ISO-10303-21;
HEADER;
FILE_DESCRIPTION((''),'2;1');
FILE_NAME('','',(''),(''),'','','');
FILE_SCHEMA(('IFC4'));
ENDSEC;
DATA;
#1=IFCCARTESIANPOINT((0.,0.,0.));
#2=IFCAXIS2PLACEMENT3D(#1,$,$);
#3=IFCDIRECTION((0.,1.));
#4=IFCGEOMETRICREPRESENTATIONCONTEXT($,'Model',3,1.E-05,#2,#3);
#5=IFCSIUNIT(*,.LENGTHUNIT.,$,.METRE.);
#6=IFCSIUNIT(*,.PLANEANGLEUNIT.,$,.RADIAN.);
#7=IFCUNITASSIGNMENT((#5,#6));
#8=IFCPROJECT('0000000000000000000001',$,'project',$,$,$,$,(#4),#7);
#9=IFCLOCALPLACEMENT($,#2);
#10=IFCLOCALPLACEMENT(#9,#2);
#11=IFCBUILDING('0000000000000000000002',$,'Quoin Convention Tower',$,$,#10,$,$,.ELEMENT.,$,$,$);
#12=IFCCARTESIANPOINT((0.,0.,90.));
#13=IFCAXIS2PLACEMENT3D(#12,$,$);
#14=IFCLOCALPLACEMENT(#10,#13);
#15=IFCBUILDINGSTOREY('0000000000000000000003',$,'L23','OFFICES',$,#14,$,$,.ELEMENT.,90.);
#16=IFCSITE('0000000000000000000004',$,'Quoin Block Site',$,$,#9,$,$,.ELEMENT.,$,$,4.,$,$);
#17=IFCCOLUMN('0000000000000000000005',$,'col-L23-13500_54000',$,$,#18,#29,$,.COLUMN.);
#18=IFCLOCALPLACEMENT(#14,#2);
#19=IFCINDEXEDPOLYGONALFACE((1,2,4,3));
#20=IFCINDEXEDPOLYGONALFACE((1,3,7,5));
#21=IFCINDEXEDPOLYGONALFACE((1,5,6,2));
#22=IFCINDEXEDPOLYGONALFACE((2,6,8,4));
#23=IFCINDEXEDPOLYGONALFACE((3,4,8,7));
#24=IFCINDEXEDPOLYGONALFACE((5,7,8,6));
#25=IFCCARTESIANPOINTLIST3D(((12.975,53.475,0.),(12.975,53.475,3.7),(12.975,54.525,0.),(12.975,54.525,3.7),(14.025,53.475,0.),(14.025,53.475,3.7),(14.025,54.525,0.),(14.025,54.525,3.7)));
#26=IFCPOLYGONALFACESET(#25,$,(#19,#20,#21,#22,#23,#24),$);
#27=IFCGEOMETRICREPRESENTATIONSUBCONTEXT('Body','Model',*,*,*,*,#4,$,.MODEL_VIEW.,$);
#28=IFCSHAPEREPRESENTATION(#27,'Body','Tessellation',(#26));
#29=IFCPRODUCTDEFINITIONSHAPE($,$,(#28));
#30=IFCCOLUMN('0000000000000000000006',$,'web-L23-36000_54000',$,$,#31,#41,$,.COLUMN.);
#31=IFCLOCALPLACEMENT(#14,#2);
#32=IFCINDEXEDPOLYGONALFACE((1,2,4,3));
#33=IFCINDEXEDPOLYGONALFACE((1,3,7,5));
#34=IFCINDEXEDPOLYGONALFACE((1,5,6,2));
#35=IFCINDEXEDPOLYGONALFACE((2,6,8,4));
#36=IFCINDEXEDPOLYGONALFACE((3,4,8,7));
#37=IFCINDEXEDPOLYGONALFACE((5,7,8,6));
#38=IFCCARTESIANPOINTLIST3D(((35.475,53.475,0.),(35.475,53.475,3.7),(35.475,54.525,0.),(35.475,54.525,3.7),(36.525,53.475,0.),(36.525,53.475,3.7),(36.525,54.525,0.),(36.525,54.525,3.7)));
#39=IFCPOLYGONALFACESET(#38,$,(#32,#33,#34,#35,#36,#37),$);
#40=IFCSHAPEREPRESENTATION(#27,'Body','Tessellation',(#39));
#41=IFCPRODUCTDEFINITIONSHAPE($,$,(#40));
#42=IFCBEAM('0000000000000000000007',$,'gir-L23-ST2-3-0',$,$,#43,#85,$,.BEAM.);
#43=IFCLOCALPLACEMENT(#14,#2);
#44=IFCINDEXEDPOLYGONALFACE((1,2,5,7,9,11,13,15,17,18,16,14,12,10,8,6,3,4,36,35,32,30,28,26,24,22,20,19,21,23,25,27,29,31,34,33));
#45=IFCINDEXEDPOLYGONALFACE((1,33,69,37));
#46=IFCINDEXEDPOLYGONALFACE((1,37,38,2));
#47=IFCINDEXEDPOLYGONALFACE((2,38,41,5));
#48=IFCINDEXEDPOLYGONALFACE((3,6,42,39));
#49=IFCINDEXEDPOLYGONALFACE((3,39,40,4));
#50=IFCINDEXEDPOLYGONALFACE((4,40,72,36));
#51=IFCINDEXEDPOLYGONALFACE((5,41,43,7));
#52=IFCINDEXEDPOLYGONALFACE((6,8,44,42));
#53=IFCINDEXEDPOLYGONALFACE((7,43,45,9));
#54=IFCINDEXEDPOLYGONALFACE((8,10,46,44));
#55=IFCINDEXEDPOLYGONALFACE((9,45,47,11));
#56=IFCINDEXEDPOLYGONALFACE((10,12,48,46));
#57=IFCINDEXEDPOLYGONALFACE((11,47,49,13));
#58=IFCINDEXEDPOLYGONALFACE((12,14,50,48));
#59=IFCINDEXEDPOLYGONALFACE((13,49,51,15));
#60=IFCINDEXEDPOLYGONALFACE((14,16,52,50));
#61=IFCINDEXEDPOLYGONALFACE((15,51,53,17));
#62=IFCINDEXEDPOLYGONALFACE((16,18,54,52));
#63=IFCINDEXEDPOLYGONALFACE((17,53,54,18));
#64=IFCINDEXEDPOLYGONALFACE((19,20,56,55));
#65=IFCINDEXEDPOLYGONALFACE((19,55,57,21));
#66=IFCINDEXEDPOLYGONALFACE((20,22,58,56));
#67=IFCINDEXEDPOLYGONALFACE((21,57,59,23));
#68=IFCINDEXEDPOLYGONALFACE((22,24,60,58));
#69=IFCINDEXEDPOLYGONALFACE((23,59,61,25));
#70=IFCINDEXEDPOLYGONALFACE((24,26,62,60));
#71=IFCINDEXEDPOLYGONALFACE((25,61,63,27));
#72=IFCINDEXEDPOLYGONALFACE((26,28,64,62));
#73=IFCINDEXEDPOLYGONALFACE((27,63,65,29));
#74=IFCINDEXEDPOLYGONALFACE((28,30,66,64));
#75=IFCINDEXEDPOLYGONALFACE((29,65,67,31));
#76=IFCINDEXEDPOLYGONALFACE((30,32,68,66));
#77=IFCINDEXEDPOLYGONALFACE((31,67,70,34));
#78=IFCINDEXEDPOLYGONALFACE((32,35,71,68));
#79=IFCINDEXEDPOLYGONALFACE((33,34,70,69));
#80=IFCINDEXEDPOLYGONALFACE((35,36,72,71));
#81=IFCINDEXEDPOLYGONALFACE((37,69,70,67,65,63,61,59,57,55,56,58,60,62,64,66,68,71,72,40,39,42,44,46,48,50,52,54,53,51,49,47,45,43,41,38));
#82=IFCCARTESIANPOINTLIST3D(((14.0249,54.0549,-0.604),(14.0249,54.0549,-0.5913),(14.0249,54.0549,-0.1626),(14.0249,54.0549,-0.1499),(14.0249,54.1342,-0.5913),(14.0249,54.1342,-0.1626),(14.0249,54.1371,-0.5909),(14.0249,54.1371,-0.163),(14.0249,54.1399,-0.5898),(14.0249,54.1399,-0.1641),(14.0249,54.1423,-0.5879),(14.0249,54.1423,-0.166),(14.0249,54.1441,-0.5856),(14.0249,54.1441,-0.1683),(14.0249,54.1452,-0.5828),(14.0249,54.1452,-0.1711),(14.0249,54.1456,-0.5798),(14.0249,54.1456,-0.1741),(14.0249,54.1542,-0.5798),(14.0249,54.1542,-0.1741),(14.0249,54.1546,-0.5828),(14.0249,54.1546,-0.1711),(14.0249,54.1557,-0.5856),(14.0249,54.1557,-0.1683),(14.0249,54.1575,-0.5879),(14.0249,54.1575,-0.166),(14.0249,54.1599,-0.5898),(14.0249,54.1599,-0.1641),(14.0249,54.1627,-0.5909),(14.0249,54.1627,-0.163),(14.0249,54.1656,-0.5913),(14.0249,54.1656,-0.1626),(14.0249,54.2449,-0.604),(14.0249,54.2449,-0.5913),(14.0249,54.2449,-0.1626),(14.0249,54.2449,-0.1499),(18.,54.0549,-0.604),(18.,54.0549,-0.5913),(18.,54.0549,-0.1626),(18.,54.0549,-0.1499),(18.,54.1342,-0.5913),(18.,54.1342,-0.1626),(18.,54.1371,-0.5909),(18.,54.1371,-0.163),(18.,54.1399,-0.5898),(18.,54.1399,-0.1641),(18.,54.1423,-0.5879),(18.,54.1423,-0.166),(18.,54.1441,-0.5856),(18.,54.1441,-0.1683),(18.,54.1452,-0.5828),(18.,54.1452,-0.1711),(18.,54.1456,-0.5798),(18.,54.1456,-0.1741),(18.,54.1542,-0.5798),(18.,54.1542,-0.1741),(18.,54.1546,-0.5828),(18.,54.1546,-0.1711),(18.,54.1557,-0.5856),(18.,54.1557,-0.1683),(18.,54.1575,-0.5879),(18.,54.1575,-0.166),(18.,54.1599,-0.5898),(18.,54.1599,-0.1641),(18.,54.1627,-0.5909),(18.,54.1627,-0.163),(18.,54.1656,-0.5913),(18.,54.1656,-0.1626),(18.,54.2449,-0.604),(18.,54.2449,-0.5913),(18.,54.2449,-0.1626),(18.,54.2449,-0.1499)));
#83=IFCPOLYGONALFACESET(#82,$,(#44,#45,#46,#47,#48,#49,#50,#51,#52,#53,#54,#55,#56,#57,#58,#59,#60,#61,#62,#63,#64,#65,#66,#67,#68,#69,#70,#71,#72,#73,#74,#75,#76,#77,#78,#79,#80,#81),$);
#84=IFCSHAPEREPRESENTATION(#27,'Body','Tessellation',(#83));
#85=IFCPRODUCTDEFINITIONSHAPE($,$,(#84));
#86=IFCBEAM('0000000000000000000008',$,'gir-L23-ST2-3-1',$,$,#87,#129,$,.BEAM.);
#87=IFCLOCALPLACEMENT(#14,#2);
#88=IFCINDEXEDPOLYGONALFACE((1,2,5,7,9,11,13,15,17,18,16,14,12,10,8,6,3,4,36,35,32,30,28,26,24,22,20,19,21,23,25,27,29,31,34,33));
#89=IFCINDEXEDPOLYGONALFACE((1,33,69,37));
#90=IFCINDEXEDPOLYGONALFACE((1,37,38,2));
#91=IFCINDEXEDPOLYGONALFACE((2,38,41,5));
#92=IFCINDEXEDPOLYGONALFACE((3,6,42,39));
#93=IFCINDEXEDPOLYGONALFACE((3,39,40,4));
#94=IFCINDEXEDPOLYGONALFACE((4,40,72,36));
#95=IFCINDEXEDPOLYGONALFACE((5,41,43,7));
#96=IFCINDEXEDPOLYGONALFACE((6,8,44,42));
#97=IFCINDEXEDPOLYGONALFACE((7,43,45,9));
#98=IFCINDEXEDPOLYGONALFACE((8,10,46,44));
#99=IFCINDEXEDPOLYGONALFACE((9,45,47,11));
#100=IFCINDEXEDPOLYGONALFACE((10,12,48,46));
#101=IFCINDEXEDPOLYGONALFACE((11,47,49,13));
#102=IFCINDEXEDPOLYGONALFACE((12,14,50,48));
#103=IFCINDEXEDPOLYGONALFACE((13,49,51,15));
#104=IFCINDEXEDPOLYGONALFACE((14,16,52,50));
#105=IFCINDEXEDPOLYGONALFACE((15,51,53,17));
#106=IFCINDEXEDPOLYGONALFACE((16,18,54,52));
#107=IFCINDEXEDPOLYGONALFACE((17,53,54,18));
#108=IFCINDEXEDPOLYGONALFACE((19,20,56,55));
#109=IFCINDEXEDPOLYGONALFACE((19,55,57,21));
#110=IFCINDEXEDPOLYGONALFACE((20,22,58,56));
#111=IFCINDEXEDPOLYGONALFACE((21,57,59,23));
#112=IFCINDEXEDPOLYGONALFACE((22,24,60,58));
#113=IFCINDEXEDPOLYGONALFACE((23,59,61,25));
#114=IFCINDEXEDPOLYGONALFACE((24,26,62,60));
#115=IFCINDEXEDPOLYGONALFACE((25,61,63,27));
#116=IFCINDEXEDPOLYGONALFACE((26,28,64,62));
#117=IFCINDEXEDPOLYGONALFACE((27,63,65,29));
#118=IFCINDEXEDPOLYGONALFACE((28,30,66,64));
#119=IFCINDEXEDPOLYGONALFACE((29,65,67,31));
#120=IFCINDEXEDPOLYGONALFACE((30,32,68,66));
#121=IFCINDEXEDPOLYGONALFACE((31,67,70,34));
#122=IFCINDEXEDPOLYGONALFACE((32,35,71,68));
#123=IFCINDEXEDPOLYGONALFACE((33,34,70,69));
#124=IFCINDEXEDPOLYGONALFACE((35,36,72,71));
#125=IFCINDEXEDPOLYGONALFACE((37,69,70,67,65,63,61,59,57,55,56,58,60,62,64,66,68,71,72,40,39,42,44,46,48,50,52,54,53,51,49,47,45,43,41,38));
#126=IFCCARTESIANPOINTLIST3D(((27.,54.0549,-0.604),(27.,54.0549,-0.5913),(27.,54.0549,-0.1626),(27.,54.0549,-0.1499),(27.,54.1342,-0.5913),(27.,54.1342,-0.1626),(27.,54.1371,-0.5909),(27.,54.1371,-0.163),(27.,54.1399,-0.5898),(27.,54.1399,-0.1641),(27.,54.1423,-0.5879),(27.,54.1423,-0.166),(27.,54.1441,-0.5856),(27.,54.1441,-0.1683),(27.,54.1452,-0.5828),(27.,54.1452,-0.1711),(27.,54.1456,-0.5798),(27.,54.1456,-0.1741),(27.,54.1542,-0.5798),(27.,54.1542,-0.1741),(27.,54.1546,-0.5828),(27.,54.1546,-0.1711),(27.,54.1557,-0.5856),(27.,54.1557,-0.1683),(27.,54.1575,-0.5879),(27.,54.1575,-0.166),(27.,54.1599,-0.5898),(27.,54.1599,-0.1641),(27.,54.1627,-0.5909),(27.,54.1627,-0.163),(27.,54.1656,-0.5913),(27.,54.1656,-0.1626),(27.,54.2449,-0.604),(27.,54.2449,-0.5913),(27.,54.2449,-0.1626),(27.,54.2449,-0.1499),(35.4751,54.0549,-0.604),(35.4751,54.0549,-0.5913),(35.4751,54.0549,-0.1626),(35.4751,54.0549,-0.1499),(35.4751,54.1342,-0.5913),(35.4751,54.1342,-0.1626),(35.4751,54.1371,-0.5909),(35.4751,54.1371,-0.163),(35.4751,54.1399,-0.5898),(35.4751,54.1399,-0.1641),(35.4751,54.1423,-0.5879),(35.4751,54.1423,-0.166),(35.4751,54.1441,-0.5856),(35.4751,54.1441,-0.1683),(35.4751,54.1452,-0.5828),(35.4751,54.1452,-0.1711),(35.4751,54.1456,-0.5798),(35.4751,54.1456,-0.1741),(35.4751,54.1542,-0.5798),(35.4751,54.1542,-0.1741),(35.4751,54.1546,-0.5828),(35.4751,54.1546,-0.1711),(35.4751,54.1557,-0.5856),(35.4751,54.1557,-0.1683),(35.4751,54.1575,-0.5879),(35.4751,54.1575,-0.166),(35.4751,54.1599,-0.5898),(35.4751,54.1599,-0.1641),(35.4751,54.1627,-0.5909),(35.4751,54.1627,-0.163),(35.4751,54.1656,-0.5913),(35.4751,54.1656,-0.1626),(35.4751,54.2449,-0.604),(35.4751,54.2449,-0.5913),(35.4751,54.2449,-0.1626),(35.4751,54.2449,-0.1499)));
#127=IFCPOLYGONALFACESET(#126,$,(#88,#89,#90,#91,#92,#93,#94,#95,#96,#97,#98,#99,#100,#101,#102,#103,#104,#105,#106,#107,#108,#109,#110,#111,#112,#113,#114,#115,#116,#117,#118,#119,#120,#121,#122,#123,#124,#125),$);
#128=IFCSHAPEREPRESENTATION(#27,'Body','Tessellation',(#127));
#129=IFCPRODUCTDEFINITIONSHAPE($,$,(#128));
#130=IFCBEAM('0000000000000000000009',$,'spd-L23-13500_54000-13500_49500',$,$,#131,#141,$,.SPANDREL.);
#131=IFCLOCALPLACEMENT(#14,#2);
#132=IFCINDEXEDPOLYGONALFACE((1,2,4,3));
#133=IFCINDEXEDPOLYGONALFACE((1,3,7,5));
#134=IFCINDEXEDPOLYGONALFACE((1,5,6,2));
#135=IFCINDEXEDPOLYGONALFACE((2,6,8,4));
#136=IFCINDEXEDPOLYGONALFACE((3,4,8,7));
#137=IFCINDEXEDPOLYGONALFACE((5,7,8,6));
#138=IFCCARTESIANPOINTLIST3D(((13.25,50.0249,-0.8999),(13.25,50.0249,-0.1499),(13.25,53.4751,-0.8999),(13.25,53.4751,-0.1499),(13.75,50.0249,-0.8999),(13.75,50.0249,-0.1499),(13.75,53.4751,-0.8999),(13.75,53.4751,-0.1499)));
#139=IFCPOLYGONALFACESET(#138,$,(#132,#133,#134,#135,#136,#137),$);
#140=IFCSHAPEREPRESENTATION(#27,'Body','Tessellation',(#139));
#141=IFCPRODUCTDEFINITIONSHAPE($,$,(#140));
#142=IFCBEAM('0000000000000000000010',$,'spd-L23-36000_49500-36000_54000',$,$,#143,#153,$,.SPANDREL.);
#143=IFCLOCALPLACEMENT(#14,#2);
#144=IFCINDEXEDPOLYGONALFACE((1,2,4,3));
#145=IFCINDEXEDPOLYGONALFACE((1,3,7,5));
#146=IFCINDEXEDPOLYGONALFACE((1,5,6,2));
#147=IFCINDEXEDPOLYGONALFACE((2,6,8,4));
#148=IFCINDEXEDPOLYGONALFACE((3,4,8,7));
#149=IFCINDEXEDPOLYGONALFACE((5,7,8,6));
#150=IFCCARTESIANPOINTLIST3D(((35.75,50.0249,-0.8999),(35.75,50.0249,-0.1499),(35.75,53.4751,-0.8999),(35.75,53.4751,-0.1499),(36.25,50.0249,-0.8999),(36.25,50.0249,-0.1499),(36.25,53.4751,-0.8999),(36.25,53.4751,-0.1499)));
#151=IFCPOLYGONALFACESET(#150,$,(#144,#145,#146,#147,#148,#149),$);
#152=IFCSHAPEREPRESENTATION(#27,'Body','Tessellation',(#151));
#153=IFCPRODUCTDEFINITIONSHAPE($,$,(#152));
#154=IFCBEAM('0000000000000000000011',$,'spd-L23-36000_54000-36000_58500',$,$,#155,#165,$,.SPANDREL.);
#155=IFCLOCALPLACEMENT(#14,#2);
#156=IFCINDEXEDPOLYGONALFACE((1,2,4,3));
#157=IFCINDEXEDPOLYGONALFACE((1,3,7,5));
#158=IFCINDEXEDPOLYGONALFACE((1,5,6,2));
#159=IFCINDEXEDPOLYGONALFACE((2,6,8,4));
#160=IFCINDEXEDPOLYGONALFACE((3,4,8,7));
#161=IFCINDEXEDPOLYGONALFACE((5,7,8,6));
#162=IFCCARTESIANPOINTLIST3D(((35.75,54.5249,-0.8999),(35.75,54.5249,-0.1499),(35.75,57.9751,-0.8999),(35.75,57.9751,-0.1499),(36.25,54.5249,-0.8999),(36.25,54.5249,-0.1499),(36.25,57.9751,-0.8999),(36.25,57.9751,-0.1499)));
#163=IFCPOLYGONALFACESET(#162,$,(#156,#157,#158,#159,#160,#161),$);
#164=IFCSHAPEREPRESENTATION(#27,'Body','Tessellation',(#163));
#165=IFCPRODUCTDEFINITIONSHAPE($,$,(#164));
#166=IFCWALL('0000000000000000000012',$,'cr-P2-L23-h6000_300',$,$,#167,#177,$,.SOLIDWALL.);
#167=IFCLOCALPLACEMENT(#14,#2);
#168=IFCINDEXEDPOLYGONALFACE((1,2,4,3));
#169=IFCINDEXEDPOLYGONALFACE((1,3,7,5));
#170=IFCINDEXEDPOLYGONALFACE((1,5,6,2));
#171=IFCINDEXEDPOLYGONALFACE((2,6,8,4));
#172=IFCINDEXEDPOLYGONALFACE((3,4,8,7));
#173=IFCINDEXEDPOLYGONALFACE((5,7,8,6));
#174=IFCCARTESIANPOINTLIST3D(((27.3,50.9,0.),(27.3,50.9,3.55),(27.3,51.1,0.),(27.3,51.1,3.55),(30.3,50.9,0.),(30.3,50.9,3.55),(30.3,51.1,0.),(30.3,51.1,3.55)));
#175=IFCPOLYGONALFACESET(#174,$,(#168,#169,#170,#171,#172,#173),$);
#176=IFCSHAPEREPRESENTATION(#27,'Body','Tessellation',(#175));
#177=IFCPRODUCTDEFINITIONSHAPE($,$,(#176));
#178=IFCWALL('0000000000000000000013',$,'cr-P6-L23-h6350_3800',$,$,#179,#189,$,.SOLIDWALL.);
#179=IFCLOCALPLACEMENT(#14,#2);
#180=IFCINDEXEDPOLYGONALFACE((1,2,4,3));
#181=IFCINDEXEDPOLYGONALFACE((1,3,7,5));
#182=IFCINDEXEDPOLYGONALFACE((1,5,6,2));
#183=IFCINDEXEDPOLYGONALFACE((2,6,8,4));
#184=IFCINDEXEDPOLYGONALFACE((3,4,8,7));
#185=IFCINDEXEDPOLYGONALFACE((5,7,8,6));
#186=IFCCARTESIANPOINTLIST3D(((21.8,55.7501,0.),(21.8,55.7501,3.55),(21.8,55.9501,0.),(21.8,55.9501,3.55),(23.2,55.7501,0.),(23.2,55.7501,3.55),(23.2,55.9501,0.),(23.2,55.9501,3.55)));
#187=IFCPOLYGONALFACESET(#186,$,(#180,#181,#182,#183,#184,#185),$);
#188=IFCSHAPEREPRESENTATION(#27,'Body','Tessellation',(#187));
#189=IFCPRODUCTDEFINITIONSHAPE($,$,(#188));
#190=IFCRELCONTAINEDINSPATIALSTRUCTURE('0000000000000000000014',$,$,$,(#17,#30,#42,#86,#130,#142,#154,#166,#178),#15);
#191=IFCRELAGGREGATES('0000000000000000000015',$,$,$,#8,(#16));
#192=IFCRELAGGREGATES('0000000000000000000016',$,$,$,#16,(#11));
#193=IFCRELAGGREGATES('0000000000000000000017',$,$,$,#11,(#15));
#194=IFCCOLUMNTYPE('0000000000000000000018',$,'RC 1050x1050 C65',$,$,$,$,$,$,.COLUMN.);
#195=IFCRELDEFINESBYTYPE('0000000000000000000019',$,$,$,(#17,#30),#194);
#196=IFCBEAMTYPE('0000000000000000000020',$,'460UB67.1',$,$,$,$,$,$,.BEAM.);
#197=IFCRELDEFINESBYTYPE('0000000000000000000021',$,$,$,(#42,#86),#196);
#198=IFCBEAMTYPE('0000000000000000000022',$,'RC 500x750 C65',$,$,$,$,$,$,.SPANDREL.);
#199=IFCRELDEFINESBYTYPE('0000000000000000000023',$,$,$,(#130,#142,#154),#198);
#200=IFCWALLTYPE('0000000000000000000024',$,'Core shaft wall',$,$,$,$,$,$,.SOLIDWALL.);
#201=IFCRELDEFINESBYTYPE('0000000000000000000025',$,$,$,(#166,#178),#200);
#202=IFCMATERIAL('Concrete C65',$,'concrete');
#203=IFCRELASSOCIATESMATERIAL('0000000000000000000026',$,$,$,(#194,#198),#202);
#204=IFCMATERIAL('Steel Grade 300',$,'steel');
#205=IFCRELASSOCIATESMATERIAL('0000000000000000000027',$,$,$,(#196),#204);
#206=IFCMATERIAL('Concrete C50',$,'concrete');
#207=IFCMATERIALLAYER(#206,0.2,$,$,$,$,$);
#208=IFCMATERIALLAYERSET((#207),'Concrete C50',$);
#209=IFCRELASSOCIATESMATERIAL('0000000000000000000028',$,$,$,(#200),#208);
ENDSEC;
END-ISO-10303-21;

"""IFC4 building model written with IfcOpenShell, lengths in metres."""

from ifc_helpers import new_model, si_unit, direction, frame, frame_2d, origin, origin_2d, place, context, subcontext, project, spatial, rectangle, i_section, extrude, material, layer, layer_set, material_profile, profile_set, type_object, element, save


model = new_model("IFC4")

# Units and contexts
model_context = context("Model", 3, precision=1e-05, world=origin(), true_north=direction((0.0, 1.0)))
body_context = subcontext(model_context, "Body", "Model", "MODEL_VIEW")
ifc_project = project(units=[si_unit("LENGTHUNIT", "METRE"), si_unit("PLANEANGLEUNIT", "RADIAN")], contexts=[model_context])

# Site, building, storey
site_placement = place(None, origin())
site = spatial("IfcSite", under=ifc_project, at=site_placement, Name="Quoin Block Site", CompositionType="ELEMENT", RefElevation=4.0)
building_placement = place(site_placement, origin())
building = spatial("IfcBuilding", under=site, at=building_placement, Name="Quoin Convention Tower", CompositionType="ELEMENT")
storey_placement = place(building_placement, frame((0.0, 0.0, 90.0)))
storey = spatial("IfcBuildingStorey", under=building, at=storey_placement, Name="L23", Description="OFFICES", CompositionType="ELEMENT", Elevation=90.0)

# Columns
ifc_material_1 = material(Name="Concrete C65", Category="concrete")
ifc_material_profile_1 = material_profile(ifc_material_1, rectangle(XDim=1.05, YDim=1.05, at=origin_2d()), Name="RC 1050x1050")
ifc_profile_set_1 = profile_set([ifc_material_profile_1], Name="Concrete C65")
column_type = type_object("IfcColumnType", Name="RC 1050x1050 C65", PredefinedType="COLUMN", material=ifc_profile_set_1)
for number, where, z_axis, x_axis, name in (
    (1, (13.5, 54.0, 0.0), (0.0, 0.0, 1.0), (1.0, 0.0, 0.0), "col-L23-13500_54000"),
    (2, (36.0, 54.0, 0.0), (0.0, 0.0, 1.0), (1.0, 0.0, 0.0), "web-L23-36000_54000"),
):
    element("IfcColumn", number, at=place(storey_placement, frame(where, z_axis=z_axis, x_axis=x_axis)), inside=storey, type_object=column_type, Name=name, PredefinedType="COLUMN", context=body_context, shape_type="SweptSolid", body=[
        extrude(rectangle(XDim=1.05, YDim=1.05, at=origin_2d()), origin(), (0.0, 0.0, 1.0), 3.7),
    ])

# Beams
ifc_material_2 = material(Name="Steel Grade 300", Category="steel")
ifc_material_profile_2 = material_profile(ifc_material_2, i_section(OverallWidth=0.1899, OverallDepth=0.4541, WebThickness=0.0085, FlangeThickness=0.0127, FilletRadius=0.0115, at=origin_2d()), Name="460UB67.1")
ifc_profile_set_2 = profile_set([ifc_material_profile_2], Name="Steel Grade 300")
beam_type_1 = type_object("IfcBeamType", Name="460UB67.1", PredefinedType="BEAM", material=ifc_profile_set_2)
beam_1_placement = place(storey_placement, frame((14.0249, 54.1499, -0.377), z_axis=(1.0, 0.0, 0.0), x_axis=(0.0, 1.0, 0.0)))
element("IfcBeam", 3, at=beam_1_placement, inside=storey, type_object=beam_type_1, Name="gir-L23-ST2-3-0", PredefinedType="BEAM", context=body_context, shape_type="SweptSolid", body=[
    extrude(i_section(OverallWidth=0.1899, OverallDepth=0.4541, WebThickness=0.0085, FlangeThickness=0.0127, FilletRadius=0.0115, at=origin_2d()), origin(), (0.0, 0.0, 1.0), 3.9751),
])
beam_2_placement = place(storey_placement, frame((27.0, 54.1499, -0.377), z_axis=(1.0, 0.0, 0.0), x_axis=(0.0, 1.0, 0.0)))
element("IfcBeam", 4, at=beam_2_placement, inside=storey, type_object=beam_type_1, Name="gir-L23-ST2-3-1", PredefinedType="BEAM", context=body_context, shape_type="SweptSolid", body=[
    extrude(i_section(OverallWidth=0.1899, OverallDepth=0.4541, WebThickness=0.0085, FlangeThickness=0.0127, FilletRadius=0.0115, at=origin_2d()), origin(), (0.0, 0.0, 1.0), 8.4751),
])
ifc_material_profile_3 = material_profile(ifc_material_1, rectangle(XDim=0.5, YDim=0.75, at=origin_2d()), Name="RC 500x750")
ifc_profile_set_3 = profile_set([ifc_material_profile_3], Name="Concrete C65")
beam_type_2 = type_object("IfcBeamType", Name="RC 500x750 C65", PredefinedType="SPANDREL", material=ifc_profile_set_3)
for number, where, z_axis, x_axis, name in (
    (5, (13.5, 53.4751, -0.5249), (0.0, -1.0, 0.0), (1.0, 0.0, 0.0), "spd-L23-13500_54000-13500_49500"),
    (6, (36.0, 50.0249, -0.5249), (0.0, 1.0, 0.0), (-1.0, 0.0, 0.0), "spd-L23-36000_49500-36000_54000"),
    (7, (36.0, 54.5249, -0.5249), (0.0, 1.0, 0.0), (-1.0, 0.0, 0.0), "spd-L23-36000_54000-36000_58500"),
):
    element("IfcBeam", number, at=place(storey_placement, frame(where, z_axis=z_axis, x_axis=x_axis)), inside=storey, type_object=beam_type_2, Name=name, PredefinedType="SPANDREL", context=body_context, shape_type="SweptSolid", body=[
        extrude(rectangle(XDim=0.5, YDim=0.75, at=origin_2d()), origin(), (0.0, 0.0, 1.0), 3.4502),
    ])

# Walls
ifc_material_3 = material(Name="Concrete C50", Category="concrete")
ifc_layer_1 = layer(ifc_material_3, 0.2)
ifc_layer_set_1 = layer_set([ifc_layer_1], Name="Concrete C50")
wall_type_1 = type_object("IfcWallType", Name="Core shaft wall", PredefinedType="SOLIDWALL", material=ifc_layer_set_1)
wall_1_placement = place(storey_placement, frame((27.3, 51.0, 0.0), z_axis=(0.0, 0.0, 1.0), x_axis=(1.0, 0.0, 0.0)))
element("IfcWall", 8, at=wall_1_placement, inside=storey, type_object=wall_type_1, Name="cr-P2-L23-h6000_300", PredefinedType="SOLIDWALL", context=body_context, shape_type="SweptSolid", body=[
    extrude(rectangle(XDim=3.0, YDim=0.2, at=frame_2d((1.5, 0.0))), origin(), (0.0, 0.0, 1.0), 3.55),
])
wall_2_placement = place(storey_placement, frame((21.8, 55.8501, 0.0), z_axis=(0.0, 0.0, 1.0), x_axis=(1.0, 0.0, 0.0)))
element("IfcWall", 9, at=wall_2_placement, inside=storey, type_object=wall_type_1, Name="cr-P6-L23-h6350_3800", PredefinedType="SOLIDWALL", context=body_context, shape_type="SweptSolid", body=[
    extrude(rectangle(XDim=1.3999, YDim=0.2, at=frame_2d((0.7, 0.0))), origin(), (0.0, 0.0, 1.0), 3.55),
])

save(model, "model.ifc")
